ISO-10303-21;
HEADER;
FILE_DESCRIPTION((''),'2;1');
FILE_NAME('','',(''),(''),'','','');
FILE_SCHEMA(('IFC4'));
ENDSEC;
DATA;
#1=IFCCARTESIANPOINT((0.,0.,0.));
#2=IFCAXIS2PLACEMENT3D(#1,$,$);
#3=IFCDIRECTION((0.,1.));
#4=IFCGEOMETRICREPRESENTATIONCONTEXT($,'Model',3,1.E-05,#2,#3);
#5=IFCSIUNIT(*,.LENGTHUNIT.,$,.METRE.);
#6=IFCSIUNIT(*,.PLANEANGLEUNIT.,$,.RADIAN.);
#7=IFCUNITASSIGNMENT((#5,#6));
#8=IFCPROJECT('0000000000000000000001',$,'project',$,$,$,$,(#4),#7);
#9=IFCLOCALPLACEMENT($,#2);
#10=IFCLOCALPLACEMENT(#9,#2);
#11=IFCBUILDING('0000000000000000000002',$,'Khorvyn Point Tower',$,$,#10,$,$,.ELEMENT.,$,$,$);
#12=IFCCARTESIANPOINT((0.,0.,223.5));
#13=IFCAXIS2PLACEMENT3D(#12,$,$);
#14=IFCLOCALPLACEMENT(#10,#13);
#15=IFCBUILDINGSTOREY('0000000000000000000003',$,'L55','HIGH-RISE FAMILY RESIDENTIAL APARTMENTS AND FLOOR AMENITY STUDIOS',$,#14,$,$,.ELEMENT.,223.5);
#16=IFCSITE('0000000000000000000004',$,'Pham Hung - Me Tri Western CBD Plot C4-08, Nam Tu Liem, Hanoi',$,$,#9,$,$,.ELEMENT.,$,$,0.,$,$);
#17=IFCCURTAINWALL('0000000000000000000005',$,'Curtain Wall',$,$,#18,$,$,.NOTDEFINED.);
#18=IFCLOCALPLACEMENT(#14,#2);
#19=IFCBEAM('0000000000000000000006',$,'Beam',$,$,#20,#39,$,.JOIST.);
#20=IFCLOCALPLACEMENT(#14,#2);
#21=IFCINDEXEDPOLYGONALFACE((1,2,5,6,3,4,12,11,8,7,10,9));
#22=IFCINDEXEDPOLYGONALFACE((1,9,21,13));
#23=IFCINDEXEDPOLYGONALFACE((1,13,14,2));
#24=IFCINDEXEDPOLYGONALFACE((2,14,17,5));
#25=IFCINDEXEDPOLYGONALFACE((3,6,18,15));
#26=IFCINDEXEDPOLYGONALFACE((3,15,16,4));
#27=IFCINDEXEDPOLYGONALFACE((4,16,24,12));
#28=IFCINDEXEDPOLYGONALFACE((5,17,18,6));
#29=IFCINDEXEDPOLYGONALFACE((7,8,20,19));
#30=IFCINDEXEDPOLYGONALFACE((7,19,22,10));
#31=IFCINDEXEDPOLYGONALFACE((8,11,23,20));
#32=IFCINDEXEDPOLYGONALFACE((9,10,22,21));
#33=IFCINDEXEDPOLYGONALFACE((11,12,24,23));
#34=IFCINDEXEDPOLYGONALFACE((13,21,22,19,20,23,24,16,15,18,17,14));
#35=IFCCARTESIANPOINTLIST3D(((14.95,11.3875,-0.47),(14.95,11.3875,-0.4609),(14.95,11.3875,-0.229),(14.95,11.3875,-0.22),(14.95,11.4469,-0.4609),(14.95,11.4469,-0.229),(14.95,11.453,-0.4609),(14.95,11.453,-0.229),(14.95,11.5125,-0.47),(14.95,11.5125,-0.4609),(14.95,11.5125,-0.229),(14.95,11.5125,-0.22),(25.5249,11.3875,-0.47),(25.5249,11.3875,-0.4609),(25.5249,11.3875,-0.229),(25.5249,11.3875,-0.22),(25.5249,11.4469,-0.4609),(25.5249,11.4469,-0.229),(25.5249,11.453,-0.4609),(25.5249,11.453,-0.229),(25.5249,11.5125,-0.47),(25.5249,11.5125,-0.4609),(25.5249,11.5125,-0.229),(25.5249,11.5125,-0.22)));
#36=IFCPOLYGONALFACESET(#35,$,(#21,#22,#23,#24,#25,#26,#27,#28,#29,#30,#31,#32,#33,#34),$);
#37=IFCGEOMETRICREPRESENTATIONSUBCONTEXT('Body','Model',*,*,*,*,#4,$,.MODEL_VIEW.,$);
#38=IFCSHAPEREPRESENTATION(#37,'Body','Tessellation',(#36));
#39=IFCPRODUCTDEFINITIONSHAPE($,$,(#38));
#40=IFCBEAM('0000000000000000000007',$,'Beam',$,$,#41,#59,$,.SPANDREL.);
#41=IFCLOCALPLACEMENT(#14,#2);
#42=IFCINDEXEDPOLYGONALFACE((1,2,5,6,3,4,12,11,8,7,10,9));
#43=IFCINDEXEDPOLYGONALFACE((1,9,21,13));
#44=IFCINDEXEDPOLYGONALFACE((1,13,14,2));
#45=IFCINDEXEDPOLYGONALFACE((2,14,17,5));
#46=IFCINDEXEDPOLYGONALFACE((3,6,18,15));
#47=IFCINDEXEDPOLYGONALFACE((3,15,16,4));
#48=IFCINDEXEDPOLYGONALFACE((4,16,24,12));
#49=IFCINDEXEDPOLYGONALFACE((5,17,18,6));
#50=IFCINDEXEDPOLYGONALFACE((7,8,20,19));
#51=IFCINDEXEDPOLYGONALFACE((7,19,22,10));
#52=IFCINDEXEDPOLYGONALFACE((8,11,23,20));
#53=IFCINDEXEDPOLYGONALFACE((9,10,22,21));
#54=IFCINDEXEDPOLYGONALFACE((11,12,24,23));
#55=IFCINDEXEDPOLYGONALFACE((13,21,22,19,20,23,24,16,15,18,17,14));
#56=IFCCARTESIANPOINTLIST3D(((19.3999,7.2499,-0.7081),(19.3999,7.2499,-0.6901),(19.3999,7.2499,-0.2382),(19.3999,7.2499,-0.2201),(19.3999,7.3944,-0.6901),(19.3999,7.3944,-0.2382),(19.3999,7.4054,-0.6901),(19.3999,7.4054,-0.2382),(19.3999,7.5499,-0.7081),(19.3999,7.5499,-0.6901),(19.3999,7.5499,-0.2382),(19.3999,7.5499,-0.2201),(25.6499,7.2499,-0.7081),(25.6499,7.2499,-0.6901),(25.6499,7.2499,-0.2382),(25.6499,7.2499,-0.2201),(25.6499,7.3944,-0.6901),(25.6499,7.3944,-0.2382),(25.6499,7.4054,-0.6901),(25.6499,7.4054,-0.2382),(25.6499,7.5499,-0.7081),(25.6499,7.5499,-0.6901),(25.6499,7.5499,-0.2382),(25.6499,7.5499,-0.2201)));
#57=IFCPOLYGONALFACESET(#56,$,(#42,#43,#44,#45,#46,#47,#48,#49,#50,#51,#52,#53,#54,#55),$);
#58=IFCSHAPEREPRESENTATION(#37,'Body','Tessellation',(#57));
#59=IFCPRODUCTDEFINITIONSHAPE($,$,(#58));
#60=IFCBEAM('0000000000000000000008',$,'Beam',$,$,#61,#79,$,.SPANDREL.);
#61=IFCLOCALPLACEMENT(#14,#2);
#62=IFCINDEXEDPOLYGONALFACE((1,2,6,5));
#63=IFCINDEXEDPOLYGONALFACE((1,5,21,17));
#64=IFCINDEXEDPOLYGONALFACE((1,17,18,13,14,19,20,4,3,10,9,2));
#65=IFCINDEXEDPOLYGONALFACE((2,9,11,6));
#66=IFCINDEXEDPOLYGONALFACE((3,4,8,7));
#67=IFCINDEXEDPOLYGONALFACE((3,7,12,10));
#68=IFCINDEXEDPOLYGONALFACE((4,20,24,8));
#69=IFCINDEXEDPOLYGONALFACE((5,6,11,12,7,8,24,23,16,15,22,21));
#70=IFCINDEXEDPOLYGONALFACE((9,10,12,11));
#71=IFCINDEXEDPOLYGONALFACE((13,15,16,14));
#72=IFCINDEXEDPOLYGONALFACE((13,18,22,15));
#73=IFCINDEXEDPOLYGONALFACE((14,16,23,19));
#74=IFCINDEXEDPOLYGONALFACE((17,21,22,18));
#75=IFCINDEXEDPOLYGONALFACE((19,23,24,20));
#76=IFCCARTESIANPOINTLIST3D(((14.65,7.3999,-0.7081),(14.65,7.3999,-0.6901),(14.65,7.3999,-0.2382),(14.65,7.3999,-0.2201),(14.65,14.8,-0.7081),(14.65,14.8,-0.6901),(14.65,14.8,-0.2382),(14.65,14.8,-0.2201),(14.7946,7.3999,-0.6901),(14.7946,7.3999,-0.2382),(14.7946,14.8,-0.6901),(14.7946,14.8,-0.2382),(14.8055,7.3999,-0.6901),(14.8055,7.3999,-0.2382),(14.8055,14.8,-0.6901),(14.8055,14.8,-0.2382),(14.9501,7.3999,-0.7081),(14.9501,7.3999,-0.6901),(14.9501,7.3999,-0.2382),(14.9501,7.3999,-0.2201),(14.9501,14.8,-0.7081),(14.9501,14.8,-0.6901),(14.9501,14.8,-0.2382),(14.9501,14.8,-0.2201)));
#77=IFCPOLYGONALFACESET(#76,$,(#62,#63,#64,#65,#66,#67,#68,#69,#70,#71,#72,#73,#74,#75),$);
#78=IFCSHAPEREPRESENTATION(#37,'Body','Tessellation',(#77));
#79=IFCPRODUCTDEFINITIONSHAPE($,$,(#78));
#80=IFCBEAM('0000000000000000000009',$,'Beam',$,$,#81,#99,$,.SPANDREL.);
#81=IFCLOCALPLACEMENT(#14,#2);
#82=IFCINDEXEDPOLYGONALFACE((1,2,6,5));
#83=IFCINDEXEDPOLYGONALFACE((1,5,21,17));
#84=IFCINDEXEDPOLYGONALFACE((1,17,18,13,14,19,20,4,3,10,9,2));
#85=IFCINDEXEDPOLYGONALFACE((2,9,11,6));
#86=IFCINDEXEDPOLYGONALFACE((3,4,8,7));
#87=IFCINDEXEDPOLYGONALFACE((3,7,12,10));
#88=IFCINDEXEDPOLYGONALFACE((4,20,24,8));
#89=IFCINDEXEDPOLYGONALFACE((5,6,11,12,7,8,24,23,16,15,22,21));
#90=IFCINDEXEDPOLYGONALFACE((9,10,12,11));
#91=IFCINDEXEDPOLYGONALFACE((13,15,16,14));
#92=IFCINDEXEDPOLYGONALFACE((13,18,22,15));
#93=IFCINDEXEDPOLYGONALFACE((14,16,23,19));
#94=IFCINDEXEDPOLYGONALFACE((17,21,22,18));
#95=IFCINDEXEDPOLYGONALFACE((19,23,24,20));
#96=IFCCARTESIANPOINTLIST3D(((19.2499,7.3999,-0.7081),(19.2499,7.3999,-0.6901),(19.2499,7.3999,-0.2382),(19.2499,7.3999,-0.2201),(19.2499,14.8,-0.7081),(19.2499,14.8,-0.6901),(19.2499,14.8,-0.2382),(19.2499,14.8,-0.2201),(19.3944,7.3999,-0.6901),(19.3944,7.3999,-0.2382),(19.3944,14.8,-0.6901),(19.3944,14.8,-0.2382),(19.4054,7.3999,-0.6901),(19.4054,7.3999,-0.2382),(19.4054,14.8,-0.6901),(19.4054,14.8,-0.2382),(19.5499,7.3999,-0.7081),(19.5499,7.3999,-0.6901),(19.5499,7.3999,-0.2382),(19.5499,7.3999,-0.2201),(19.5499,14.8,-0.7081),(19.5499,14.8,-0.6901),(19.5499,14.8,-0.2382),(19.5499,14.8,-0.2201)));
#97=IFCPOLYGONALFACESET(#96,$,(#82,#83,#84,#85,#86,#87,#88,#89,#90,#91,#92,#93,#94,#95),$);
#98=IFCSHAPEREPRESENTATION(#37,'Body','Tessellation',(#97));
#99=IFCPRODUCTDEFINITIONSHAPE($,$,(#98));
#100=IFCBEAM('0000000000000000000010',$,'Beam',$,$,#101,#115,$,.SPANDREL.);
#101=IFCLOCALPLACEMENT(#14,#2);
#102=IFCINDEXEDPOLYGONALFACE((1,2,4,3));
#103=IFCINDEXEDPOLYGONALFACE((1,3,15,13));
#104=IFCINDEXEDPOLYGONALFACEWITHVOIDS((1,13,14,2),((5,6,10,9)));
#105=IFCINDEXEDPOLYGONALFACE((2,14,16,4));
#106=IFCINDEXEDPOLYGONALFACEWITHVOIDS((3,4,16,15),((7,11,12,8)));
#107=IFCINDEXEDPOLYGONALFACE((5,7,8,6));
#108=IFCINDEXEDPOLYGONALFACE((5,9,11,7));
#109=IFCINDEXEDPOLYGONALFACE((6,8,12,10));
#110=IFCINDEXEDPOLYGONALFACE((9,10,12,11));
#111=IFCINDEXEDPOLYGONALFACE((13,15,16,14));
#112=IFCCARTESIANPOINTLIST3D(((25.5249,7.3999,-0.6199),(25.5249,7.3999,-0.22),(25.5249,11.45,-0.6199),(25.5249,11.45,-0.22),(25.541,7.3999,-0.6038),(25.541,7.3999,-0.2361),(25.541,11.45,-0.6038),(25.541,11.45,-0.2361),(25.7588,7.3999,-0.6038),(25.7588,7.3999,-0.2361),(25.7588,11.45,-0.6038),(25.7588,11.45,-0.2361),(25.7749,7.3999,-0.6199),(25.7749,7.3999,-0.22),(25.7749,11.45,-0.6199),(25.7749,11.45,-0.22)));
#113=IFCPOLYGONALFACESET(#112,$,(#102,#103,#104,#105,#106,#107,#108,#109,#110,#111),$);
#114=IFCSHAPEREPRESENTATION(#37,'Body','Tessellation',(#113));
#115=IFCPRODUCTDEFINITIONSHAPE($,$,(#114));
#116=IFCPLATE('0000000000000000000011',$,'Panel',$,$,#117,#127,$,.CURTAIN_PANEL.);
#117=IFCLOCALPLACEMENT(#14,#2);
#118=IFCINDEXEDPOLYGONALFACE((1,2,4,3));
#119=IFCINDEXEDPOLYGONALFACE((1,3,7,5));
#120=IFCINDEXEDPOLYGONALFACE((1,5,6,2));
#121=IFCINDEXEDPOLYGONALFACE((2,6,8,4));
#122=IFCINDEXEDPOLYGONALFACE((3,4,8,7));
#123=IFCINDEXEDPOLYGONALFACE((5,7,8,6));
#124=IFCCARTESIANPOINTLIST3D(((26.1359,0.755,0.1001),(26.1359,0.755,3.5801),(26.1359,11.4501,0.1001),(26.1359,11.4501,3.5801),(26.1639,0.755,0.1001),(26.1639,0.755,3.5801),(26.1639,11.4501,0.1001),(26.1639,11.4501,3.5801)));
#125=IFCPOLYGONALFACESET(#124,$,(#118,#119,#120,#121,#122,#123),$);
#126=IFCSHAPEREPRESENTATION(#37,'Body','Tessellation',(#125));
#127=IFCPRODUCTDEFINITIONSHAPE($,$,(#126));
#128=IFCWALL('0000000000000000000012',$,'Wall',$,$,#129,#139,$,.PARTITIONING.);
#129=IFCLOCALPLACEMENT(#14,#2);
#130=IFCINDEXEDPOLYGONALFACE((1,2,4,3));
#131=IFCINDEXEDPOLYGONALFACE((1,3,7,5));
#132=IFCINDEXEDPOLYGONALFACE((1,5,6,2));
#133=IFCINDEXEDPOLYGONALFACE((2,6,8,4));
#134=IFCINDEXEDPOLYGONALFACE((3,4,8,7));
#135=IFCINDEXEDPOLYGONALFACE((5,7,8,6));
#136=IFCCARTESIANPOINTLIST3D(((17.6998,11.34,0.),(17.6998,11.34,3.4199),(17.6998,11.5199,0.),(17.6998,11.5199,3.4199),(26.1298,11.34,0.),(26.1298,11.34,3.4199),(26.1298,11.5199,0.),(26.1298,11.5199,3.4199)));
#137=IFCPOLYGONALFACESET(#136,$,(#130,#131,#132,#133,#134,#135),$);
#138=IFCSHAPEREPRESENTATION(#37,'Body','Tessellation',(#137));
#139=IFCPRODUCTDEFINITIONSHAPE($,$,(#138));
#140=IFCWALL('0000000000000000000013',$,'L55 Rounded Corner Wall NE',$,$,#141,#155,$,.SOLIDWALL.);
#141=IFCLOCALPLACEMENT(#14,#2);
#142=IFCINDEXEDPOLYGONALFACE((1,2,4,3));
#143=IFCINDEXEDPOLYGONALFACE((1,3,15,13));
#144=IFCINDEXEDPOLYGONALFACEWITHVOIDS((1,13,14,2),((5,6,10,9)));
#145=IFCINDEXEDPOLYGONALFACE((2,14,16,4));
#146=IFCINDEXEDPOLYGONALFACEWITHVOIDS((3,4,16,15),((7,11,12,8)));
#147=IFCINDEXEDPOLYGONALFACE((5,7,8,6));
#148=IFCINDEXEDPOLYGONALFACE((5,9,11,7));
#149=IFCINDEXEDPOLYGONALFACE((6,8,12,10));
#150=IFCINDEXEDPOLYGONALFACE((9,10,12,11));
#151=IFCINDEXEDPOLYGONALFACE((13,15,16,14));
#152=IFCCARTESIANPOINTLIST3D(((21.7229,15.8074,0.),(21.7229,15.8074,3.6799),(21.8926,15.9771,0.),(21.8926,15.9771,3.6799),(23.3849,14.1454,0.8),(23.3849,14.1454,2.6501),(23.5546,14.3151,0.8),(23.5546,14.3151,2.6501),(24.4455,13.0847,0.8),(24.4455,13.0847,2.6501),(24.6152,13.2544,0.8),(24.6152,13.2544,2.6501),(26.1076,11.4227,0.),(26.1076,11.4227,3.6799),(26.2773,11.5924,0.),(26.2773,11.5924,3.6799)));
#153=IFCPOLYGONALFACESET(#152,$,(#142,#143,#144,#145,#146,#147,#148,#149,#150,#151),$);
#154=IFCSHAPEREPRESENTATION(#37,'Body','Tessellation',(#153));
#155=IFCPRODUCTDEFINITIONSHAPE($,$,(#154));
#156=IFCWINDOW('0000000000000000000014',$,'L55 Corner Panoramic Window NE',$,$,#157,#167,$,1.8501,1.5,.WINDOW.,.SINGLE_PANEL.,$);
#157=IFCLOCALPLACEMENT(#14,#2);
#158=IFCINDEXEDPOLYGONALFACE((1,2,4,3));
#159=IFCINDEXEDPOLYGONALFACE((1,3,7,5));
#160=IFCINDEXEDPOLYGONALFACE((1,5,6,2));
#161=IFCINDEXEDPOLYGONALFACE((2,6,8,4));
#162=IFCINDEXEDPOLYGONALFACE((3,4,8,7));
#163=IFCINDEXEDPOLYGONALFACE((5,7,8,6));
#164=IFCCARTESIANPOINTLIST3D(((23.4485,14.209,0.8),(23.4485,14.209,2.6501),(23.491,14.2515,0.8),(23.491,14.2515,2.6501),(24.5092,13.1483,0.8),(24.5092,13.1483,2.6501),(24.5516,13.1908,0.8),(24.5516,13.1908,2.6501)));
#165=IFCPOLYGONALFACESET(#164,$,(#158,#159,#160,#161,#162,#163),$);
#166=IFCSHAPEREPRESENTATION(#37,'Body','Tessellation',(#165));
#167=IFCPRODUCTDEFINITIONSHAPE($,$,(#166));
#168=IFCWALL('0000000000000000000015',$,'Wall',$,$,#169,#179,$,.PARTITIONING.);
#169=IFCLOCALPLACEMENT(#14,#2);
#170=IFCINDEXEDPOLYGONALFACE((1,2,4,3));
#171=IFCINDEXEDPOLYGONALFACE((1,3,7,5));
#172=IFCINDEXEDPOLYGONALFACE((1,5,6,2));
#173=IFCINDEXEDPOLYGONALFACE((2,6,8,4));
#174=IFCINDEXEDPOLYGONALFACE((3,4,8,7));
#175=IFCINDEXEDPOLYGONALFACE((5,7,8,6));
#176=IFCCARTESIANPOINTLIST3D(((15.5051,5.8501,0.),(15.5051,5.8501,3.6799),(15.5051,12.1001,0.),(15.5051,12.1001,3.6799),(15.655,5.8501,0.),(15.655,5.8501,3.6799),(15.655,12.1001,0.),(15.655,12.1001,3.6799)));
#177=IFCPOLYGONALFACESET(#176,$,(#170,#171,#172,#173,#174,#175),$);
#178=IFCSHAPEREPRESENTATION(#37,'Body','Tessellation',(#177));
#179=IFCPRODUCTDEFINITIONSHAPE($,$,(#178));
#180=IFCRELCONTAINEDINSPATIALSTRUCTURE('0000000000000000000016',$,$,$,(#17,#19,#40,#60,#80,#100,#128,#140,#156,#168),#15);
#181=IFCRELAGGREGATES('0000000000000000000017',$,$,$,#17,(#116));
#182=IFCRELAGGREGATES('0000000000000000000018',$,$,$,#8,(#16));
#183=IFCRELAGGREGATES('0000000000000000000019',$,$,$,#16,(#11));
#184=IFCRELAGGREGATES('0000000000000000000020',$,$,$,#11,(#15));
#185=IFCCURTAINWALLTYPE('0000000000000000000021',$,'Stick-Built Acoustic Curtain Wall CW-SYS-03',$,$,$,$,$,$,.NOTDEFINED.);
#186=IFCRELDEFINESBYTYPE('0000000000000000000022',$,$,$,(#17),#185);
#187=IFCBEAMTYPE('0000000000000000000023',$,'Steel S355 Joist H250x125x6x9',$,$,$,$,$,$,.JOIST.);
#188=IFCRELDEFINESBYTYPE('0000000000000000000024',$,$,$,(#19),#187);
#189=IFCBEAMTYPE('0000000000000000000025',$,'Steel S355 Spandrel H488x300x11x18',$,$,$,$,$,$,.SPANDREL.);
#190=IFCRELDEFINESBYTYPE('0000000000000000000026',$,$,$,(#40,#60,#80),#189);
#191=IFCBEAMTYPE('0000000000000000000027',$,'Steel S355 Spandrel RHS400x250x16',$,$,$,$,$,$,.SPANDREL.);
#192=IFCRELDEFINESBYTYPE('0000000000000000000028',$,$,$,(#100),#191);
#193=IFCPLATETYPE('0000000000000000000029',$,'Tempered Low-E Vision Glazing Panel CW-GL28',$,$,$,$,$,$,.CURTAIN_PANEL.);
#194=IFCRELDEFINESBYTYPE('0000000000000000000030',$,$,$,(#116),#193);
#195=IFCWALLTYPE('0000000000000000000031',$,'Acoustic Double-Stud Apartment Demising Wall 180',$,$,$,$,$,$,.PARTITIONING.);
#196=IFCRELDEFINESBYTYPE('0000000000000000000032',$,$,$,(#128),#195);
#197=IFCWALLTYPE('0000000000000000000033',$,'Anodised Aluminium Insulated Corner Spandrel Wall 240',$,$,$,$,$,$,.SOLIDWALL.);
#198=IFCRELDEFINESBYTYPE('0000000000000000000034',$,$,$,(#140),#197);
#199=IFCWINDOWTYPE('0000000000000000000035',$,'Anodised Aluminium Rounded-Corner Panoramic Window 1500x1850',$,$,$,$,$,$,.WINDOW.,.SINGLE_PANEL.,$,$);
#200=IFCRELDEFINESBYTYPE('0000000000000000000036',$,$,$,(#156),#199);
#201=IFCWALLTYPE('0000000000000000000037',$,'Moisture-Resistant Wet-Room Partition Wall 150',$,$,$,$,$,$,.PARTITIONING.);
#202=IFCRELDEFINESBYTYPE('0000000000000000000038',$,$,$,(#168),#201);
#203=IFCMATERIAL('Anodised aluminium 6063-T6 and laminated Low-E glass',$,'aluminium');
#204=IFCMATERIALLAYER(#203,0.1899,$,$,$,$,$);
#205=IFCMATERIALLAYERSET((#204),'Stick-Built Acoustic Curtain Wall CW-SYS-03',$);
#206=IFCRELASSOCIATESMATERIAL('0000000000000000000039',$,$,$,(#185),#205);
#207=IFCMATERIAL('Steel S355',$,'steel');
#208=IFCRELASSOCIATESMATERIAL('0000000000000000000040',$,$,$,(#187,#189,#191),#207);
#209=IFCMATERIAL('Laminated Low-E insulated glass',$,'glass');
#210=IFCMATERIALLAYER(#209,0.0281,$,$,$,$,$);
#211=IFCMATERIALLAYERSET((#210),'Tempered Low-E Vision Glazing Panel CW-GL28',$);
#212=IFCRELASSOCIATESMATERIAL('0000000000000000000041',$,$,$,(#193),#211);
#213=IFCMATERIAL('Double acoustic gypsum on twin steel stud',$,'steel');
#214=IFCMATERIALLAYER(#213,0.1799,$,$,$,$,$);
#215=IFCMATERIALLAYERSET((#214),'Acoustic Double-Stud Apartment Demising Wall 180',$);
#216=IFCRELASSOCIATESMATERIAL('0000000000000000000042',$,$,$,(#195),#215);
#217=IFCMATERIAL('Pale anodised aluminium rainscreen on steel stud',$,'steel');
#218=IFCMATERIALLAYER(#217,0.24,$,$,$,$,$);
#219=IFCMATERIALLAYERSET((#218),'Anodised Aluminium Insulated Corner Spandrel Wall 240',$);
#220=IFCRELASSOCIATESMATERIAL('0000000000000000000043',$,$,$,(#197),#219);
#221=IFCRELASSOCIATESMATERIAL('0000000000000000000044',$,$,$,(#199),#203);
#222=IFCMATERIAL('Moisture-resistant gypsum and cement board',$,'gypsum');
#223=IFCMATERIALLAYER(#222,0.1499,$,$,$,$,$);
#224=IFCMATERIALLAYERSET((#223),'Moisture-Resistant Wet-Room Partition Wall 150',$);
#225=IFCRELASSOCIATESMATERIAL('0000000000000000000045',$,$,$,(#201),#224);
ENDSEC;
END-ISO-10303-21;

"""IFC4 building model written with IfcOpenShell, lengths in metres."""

from ifc_helpers import new_model, si_unit, direction, frame, frame_2d, origin, origin_2d, place, context, subcontext, project, spatial, rectangle, hollow_rectangle, i_section, extrude, material, layer, layer_set, material_profile, profile_set, type_object, element, fill, aggregate, save


model = new_model("IFC4")

# Units and contexts
model_context = context("Model", 3, precision=1e-05, world=origin(), true_north=direction((0.0, 1.0)))
body_context = subcontext(model_context, "Body", "Model", "MODEL_VIEW")
ifc_project = project(units=[si_unit("LENGTHUNIT", "METRE"), si_unit("PLANEANGLEUNIT", "RADIAN")], contexts=[model_context])

# Site, building, storey
site_placement = place(None, origin())
site = spatial("IfcSite", under=ifc_project, at=site_placement, Name="Pham Hung - Me Tri Western CBD Plot C4-08, Nam Tu Liem, Hanoi", CompositionType="ELEMENT", RefElevation=0.0)
building_placement = place(site_placement, origin())
building = spatial("IfcBuilding", under=site, at=building_placement, Name="Khorvyn Point Tower", CompositionType="ELEMENT")
storey_placement = place(building_placement, frame((0.0, 0.0, 223.5)))
storey = spatial("IfcBuildingStorey", under=building, at=storey_placement, Name="L55", Description="HIGH-RISE FAMILY RESIDENTIAL APARTMENTS AND FLOOR AMENITY STUDIOS", CompositionType="ELEMENT", Elevation=223.5)

# Shared definitions
ifc_material_1 = material(Name="Anodised aluminium 6063-T6 and laminated Low-E glass", Category="aluminium")
ifc_layer_1 = layer(ifc_material_1, 0.1899)
ifc_layer_set_1 = layer_set([ifc_layer_1], Name="Stick-Built Acoustic Curtain Wall CW-SYS-03")
curtain_wall_type = type_object("IfcCurtainWallType", Name="Stick-Built Acoustic Curtain Wall CW-SYS-03", PredefinedType="NOTDEFINED", material=ifc_layer_set_1)

# Curtain wall
curtain_wall_1_placement = place(storey_placement, origin())
curtain_wall_1 = element("IfcCurtainWall", 1, at=curtain_wall_1_placement, inside=storey, type_object=curtain_wall_type, Name="Curtain Wall", PredefinedType="NOTDEFINED")

# Beams
ifc_material_2 = material(Name="Steel S355", Category="steel")
ifc_material_profile_1 = material_profile(ifc_material_2, i_section(OverallWidth=0.125, OverallDepth=0.25, WebThickness=0.0061, FlangeThickness=0.009, at=origin_2d()))
ifc_profile_set_1 = profile_set([ifc_material_profile_1], Name="Steel S355 H250x125x6x9")
beam_type_1 = type_object("IfcBeamType", Name="Steel S355 Joist H250x125x6x9", PredefinedType="JOIST", material=ifc_profile_set_1)
beam_1_placement = place(storey_placement, frame((14.95, 11.45, -0.345), z_axis=(1.0, 0.0, 0.0), x_axis=(0.0, 1.0, 0.0)))
element("IfcBeam", 2, at=beam_1_placement, inside=storey, type_object=beam_type_1, Name="Beam", PredefinedType="JOIST", context=body_context, shape_type="SweptSolid", body=[
    extrude(i_section(OverallWidth=0.125, OverallDepth=0.25, WebThickness=0.0061, FlangeThickness=0.009, at=origin_2d()), origin(), (0.0, 0.0, 1.0), 10.575),
])
ifc_material_profile_2 = material_profile(ifc_material_2, i_section(OverallWidth=0.3, OverallDepth=0.488, WebThickness=0.011, FlangeThickness=0.0181, at=origin_2d()))
ifc_profile_set_2 = profile_set([ifc_material_profile_2], Name="Steel S355 H488x300x11x18")
beam_type_2 = type_object("IfcBeamType", Name="Steel S355 Spandrel H488x300x11x18", PredefinedType="SPANDREL", material=ifc_profile_set_2)
beam_2_placement = place(storey_placement, frame((19.3999, 7.3999, -0.4641), z_axis=(1.0, 0.0, 0.0), x_axis=(0.0, 1.0, 0.0)))
element("IfcBeam", 3, at=beam_2_placement, inside=storey, type_object=beam_type_2, Name="Beam", PredefinedType="SPANDREL", context=body_context, shape_type="SweptSolid", body=[
    extrude(i_section(OverallWidth=0.3, OverallDepth=0.488, WebThickness=0.011, FlangeThickness=0.0181, at=origin_2d()), origin(), (0.0, 0.0, 1.0), 6.25),
])
for number, where, z_axis, x_axis, name in (
    (4, (14.8, 7.3999, -0.4641), (0.0, 1.0, 0.0), (-1.0, 0.0, 0.0), "Beam"),
    (5, (19.3999, 7.3999, -0.4641), (0.0, 1.0, 0.0), (-1.0, 0.0, 0.0), "Beam"),
):
    element("IfcBeam", number, at=place(storey_placement, frame(where, z_axis=z_axis, x_axis=x_axis)), inside=storey, type_object=beam_type_2, Name=name, PredefinedType="SPANDREL", context=body_context, shape_type="SweptSolid", body=[
        extrude(i_section(OverallWidth=0.3, OverallDepth=0.488, WebThickness=0.011, FlangeThickness=0.0181, at=origin_2d()), origin(), (0.0, 0.0, 1.0), 7.4001),
    ])
ifc_material_profile_3 = material_profile(ifc_material_2, hollow_rectangle(XDim=0.25, YDim=0.3999, WallThickness=0.0161, at=origin_2d()))
ifc_profile_set_3 = profile_set([ifc_material_profile_3], Name="Steel S355 RHS400x250x16")
beam_type_3 = type_object("IfcBeamType", Name="Steel S355 Spandrel RHS400x250x16", PredefinedType="SPANDREL", material=ifc_profile_set_3)
beam_3_placement = place(storey_placement, frame((25.6499, 7.3999, -0.4199), z_axis=(0.0, 1.0, 0.0), x_axis=(-1.0, 0.0, 0.0)))
element("IfcBeam", 6, at=beam_3_placement, inside=storey, type_object=beam_type_3, Name="Beam", PredefinedType="SPANDREL", context=body_context, shape_type="SweptSolid", body=[
    extrude(hollow_rectangle(XDim=0.25, YDim=0.3999, WallThickness=0.0161, at=origin_2d()), origin(), (0.0, 0.0, 1.0), 4.05),
])

# Plate
ifc_material_3 = material(Name="Laminated Low-E insulated glass", Category="glass")
ifc_layer_2 = layer(ifc_material_3, 0.0281)
ifc_layer_set_2 = layer_set([ifc_layer_2], Name="Tempered Low-E Vision Glazing Panel CW-GL28")
plate_type = type_object("IfcPlateType", Name="Tempered Low-E Vision Glazing Panel CW-GL28", PredefinedType="CURTAIN_PANEL", material=ifc_layer_set_2)
plate_placement = place(storey_placement, frame((26.1499, 6.1025, 0.1001), z_axis=(0.0, 0.0, 1.0), x_axis=(0.0, -1.0, 0.0)))
plate = element("IfcPlate", 7, at=plate_placement, type_object=plate_type, Name="Panel", PredefinedType="CURTAIN_PANEL", context=body_context, shape_type="SweptSolid", body=[
    extrude(rectangle(XDim=10.6951, YDim=0.0281, at=origin_2d()), origin(), (0.0, 0.0, 1.0), 3.48),
])
aggregate(curtain_wall_1, [plate])

# Wall
ifc_material_4 = material(Name="Double acoustic gypsum on twin steel stud", Category="steel")
ifc_layer_3 = layer(ifc_material_4, 0.1799)
ifc_layer_set_3 = layer_set([ifc_layer_3], Name="Acoustic Double-Stud Apartment Demising Wall 180")
wall_type_1 = type_object("IfcWallType", Name="Acoustic Double-Stud Apartment Demising Wall 180", PredefinedType="PARTITIONING", material=ifc_layer_set_3)
wall_1_placement = place(storey_placement, frame((17.7, 11.4299, 0.0), z_axis=(0.0, 0.0, 1.0), x_axis=(1.0, 0.0, 0.0)))
element("IfcWall", 8, at=wall_1_placement, inside=storey, type_object=wall_type_1, Name="Wall", PredefinedType="PARTITIONING", context=body_context, shape_type="SweptSolid", body=[
    extrude(rectangle(XDim=8.4299, YDim=0.1799, at=frame_2d((4.2148, 0.0))), origin(), (0.0, 0.0, 1.0), 3.4199),
])

# Wall, opening, window
ifc_material_5 = material(Name="Pale anodised aluminium rainscreen on steel stud", Category="steel")
ifc_layer_4 = layer(ifc_material_5, 0.24)
ifc_layer_set_4 = layer_set([ifc_layer_4], Name="Anodised Aluminium Insulated Corner Spandrel Wall 240")
wall_type_2 = type_object("IfcWallType", Name="Anodised Aluminium Insulated Corner Spandrel Wall 240", PredefinedType="SOLIDWALL", material=ifc_layer_set_4)
wall_2_placement = place(storey_placement, frame((21.8076, 15.8923, 0.0), z_axis=(0.0, 0.0, 1.0), x_axis=(0.707107, -0.707107, 0.0)))
wall_2 = element("IfcWall", 9, at=wall_2_placement, inside=storey, type_object=wall_type_2, Name="L55 Rounded Corner Wall NE", PredefinedType="SOLIDWALL", context=body_context, shape_type="SweptSolid", body=[
    extrude(rectangle(XDim=6.2009, YDim=0.24, at=frame_2d((3.1006, 0.0))), origin(), (0.0, 0.0, 1.0), 3.6799),
])
opening_placement = place(wall_2_placement, frame((2.3506, 0.0, 0.8)))
opening = element("IfcOpeningElement", 10, at=opening_placement, cuts=wall_2, PredefinedType="OPENING", context=body_context, shape_type="SweptSolid", body=[
    extrude(rectangle(XDim=1.5, YDim=1.8501, at=frame_2d((0.75, 0.925))), frame((0.0, 0.1299, 0.0), z_axis=(0.0, -1.0, 0.0), x_axis=(1.0, 0.0, 0.0)), (0.0, 0.0, 1.0), 0.26),
])
window_type = type_object("IfcWindowType", Name="Anodised Aluminium Rounded-Corner Panoramic Window 1500x1850", PartitioningType="SINGLE_PANEL", PredefinedType="WINDOW", material=ifc_material_1)
window_placement = place(opening_placement, origin())
window = element("IfcWindow", 11, at=window_placement, inside=storey, type_object=window_type, Name="L55 Corner Panoramic Window NE", OverallHeight=1.8501, OverallWidth=1.5, PartitioningType="SINGLE_PANEL", PredefinedType="WINDOW", context=body_context, shape_type="SweptSolid", body=[
    extrude(rectangle(XDim=1.5, YDim=1.8501, at=frame_2d((0.75, 0.925))), frame((0.0, 0.03, 0.0), z_axis=(0.0, -1.0, 0.0), x_axis=(1.0, 0.0, 0.0)), (0.0, 0.0, 1.0), 0.0601),
])
fill(opening, window)

# Wall
ifc_material_6 = material(Name="Moisture-resistant gypsum and cement board", Category="gypsum")
ifc_layer_5 = layer(ifc_material_6, 0.1499)
ifc_layer_set_5 = layer_set([ifc_layer_5], Name="Moisture-Resistant Wet-Room Partition Wall 150")
wall_type_3 = type_object("IfcWallType", Name="Moisture-Resistant Wet-Room Partition Wall 150", PredefinedType="PARTITIONING", material=ifc_layer_set_5)
wall_3_placement = place(storey_placement, frame((15.5801, 5.8501, 0.0), z_axis=(0.0, 0.0, 1.0), x_axis=(0.0, 1.0, 0.0)))
element("IfcWall", 12, at=wall_3_placement, inside=storey, type_object=wall_type_3, Name="Wall", PredefinedType="PARTITIONING", context=body_context, shape_type="SweptSolid", body=[
    extrude(rectangle(XDim=6.25, YDim=0.1499, at=frame_2d((3.125, 0.0))), origin(), (0.0, 0.0, 1.0), 3.6799),
])

save(model, "model.ifc")
